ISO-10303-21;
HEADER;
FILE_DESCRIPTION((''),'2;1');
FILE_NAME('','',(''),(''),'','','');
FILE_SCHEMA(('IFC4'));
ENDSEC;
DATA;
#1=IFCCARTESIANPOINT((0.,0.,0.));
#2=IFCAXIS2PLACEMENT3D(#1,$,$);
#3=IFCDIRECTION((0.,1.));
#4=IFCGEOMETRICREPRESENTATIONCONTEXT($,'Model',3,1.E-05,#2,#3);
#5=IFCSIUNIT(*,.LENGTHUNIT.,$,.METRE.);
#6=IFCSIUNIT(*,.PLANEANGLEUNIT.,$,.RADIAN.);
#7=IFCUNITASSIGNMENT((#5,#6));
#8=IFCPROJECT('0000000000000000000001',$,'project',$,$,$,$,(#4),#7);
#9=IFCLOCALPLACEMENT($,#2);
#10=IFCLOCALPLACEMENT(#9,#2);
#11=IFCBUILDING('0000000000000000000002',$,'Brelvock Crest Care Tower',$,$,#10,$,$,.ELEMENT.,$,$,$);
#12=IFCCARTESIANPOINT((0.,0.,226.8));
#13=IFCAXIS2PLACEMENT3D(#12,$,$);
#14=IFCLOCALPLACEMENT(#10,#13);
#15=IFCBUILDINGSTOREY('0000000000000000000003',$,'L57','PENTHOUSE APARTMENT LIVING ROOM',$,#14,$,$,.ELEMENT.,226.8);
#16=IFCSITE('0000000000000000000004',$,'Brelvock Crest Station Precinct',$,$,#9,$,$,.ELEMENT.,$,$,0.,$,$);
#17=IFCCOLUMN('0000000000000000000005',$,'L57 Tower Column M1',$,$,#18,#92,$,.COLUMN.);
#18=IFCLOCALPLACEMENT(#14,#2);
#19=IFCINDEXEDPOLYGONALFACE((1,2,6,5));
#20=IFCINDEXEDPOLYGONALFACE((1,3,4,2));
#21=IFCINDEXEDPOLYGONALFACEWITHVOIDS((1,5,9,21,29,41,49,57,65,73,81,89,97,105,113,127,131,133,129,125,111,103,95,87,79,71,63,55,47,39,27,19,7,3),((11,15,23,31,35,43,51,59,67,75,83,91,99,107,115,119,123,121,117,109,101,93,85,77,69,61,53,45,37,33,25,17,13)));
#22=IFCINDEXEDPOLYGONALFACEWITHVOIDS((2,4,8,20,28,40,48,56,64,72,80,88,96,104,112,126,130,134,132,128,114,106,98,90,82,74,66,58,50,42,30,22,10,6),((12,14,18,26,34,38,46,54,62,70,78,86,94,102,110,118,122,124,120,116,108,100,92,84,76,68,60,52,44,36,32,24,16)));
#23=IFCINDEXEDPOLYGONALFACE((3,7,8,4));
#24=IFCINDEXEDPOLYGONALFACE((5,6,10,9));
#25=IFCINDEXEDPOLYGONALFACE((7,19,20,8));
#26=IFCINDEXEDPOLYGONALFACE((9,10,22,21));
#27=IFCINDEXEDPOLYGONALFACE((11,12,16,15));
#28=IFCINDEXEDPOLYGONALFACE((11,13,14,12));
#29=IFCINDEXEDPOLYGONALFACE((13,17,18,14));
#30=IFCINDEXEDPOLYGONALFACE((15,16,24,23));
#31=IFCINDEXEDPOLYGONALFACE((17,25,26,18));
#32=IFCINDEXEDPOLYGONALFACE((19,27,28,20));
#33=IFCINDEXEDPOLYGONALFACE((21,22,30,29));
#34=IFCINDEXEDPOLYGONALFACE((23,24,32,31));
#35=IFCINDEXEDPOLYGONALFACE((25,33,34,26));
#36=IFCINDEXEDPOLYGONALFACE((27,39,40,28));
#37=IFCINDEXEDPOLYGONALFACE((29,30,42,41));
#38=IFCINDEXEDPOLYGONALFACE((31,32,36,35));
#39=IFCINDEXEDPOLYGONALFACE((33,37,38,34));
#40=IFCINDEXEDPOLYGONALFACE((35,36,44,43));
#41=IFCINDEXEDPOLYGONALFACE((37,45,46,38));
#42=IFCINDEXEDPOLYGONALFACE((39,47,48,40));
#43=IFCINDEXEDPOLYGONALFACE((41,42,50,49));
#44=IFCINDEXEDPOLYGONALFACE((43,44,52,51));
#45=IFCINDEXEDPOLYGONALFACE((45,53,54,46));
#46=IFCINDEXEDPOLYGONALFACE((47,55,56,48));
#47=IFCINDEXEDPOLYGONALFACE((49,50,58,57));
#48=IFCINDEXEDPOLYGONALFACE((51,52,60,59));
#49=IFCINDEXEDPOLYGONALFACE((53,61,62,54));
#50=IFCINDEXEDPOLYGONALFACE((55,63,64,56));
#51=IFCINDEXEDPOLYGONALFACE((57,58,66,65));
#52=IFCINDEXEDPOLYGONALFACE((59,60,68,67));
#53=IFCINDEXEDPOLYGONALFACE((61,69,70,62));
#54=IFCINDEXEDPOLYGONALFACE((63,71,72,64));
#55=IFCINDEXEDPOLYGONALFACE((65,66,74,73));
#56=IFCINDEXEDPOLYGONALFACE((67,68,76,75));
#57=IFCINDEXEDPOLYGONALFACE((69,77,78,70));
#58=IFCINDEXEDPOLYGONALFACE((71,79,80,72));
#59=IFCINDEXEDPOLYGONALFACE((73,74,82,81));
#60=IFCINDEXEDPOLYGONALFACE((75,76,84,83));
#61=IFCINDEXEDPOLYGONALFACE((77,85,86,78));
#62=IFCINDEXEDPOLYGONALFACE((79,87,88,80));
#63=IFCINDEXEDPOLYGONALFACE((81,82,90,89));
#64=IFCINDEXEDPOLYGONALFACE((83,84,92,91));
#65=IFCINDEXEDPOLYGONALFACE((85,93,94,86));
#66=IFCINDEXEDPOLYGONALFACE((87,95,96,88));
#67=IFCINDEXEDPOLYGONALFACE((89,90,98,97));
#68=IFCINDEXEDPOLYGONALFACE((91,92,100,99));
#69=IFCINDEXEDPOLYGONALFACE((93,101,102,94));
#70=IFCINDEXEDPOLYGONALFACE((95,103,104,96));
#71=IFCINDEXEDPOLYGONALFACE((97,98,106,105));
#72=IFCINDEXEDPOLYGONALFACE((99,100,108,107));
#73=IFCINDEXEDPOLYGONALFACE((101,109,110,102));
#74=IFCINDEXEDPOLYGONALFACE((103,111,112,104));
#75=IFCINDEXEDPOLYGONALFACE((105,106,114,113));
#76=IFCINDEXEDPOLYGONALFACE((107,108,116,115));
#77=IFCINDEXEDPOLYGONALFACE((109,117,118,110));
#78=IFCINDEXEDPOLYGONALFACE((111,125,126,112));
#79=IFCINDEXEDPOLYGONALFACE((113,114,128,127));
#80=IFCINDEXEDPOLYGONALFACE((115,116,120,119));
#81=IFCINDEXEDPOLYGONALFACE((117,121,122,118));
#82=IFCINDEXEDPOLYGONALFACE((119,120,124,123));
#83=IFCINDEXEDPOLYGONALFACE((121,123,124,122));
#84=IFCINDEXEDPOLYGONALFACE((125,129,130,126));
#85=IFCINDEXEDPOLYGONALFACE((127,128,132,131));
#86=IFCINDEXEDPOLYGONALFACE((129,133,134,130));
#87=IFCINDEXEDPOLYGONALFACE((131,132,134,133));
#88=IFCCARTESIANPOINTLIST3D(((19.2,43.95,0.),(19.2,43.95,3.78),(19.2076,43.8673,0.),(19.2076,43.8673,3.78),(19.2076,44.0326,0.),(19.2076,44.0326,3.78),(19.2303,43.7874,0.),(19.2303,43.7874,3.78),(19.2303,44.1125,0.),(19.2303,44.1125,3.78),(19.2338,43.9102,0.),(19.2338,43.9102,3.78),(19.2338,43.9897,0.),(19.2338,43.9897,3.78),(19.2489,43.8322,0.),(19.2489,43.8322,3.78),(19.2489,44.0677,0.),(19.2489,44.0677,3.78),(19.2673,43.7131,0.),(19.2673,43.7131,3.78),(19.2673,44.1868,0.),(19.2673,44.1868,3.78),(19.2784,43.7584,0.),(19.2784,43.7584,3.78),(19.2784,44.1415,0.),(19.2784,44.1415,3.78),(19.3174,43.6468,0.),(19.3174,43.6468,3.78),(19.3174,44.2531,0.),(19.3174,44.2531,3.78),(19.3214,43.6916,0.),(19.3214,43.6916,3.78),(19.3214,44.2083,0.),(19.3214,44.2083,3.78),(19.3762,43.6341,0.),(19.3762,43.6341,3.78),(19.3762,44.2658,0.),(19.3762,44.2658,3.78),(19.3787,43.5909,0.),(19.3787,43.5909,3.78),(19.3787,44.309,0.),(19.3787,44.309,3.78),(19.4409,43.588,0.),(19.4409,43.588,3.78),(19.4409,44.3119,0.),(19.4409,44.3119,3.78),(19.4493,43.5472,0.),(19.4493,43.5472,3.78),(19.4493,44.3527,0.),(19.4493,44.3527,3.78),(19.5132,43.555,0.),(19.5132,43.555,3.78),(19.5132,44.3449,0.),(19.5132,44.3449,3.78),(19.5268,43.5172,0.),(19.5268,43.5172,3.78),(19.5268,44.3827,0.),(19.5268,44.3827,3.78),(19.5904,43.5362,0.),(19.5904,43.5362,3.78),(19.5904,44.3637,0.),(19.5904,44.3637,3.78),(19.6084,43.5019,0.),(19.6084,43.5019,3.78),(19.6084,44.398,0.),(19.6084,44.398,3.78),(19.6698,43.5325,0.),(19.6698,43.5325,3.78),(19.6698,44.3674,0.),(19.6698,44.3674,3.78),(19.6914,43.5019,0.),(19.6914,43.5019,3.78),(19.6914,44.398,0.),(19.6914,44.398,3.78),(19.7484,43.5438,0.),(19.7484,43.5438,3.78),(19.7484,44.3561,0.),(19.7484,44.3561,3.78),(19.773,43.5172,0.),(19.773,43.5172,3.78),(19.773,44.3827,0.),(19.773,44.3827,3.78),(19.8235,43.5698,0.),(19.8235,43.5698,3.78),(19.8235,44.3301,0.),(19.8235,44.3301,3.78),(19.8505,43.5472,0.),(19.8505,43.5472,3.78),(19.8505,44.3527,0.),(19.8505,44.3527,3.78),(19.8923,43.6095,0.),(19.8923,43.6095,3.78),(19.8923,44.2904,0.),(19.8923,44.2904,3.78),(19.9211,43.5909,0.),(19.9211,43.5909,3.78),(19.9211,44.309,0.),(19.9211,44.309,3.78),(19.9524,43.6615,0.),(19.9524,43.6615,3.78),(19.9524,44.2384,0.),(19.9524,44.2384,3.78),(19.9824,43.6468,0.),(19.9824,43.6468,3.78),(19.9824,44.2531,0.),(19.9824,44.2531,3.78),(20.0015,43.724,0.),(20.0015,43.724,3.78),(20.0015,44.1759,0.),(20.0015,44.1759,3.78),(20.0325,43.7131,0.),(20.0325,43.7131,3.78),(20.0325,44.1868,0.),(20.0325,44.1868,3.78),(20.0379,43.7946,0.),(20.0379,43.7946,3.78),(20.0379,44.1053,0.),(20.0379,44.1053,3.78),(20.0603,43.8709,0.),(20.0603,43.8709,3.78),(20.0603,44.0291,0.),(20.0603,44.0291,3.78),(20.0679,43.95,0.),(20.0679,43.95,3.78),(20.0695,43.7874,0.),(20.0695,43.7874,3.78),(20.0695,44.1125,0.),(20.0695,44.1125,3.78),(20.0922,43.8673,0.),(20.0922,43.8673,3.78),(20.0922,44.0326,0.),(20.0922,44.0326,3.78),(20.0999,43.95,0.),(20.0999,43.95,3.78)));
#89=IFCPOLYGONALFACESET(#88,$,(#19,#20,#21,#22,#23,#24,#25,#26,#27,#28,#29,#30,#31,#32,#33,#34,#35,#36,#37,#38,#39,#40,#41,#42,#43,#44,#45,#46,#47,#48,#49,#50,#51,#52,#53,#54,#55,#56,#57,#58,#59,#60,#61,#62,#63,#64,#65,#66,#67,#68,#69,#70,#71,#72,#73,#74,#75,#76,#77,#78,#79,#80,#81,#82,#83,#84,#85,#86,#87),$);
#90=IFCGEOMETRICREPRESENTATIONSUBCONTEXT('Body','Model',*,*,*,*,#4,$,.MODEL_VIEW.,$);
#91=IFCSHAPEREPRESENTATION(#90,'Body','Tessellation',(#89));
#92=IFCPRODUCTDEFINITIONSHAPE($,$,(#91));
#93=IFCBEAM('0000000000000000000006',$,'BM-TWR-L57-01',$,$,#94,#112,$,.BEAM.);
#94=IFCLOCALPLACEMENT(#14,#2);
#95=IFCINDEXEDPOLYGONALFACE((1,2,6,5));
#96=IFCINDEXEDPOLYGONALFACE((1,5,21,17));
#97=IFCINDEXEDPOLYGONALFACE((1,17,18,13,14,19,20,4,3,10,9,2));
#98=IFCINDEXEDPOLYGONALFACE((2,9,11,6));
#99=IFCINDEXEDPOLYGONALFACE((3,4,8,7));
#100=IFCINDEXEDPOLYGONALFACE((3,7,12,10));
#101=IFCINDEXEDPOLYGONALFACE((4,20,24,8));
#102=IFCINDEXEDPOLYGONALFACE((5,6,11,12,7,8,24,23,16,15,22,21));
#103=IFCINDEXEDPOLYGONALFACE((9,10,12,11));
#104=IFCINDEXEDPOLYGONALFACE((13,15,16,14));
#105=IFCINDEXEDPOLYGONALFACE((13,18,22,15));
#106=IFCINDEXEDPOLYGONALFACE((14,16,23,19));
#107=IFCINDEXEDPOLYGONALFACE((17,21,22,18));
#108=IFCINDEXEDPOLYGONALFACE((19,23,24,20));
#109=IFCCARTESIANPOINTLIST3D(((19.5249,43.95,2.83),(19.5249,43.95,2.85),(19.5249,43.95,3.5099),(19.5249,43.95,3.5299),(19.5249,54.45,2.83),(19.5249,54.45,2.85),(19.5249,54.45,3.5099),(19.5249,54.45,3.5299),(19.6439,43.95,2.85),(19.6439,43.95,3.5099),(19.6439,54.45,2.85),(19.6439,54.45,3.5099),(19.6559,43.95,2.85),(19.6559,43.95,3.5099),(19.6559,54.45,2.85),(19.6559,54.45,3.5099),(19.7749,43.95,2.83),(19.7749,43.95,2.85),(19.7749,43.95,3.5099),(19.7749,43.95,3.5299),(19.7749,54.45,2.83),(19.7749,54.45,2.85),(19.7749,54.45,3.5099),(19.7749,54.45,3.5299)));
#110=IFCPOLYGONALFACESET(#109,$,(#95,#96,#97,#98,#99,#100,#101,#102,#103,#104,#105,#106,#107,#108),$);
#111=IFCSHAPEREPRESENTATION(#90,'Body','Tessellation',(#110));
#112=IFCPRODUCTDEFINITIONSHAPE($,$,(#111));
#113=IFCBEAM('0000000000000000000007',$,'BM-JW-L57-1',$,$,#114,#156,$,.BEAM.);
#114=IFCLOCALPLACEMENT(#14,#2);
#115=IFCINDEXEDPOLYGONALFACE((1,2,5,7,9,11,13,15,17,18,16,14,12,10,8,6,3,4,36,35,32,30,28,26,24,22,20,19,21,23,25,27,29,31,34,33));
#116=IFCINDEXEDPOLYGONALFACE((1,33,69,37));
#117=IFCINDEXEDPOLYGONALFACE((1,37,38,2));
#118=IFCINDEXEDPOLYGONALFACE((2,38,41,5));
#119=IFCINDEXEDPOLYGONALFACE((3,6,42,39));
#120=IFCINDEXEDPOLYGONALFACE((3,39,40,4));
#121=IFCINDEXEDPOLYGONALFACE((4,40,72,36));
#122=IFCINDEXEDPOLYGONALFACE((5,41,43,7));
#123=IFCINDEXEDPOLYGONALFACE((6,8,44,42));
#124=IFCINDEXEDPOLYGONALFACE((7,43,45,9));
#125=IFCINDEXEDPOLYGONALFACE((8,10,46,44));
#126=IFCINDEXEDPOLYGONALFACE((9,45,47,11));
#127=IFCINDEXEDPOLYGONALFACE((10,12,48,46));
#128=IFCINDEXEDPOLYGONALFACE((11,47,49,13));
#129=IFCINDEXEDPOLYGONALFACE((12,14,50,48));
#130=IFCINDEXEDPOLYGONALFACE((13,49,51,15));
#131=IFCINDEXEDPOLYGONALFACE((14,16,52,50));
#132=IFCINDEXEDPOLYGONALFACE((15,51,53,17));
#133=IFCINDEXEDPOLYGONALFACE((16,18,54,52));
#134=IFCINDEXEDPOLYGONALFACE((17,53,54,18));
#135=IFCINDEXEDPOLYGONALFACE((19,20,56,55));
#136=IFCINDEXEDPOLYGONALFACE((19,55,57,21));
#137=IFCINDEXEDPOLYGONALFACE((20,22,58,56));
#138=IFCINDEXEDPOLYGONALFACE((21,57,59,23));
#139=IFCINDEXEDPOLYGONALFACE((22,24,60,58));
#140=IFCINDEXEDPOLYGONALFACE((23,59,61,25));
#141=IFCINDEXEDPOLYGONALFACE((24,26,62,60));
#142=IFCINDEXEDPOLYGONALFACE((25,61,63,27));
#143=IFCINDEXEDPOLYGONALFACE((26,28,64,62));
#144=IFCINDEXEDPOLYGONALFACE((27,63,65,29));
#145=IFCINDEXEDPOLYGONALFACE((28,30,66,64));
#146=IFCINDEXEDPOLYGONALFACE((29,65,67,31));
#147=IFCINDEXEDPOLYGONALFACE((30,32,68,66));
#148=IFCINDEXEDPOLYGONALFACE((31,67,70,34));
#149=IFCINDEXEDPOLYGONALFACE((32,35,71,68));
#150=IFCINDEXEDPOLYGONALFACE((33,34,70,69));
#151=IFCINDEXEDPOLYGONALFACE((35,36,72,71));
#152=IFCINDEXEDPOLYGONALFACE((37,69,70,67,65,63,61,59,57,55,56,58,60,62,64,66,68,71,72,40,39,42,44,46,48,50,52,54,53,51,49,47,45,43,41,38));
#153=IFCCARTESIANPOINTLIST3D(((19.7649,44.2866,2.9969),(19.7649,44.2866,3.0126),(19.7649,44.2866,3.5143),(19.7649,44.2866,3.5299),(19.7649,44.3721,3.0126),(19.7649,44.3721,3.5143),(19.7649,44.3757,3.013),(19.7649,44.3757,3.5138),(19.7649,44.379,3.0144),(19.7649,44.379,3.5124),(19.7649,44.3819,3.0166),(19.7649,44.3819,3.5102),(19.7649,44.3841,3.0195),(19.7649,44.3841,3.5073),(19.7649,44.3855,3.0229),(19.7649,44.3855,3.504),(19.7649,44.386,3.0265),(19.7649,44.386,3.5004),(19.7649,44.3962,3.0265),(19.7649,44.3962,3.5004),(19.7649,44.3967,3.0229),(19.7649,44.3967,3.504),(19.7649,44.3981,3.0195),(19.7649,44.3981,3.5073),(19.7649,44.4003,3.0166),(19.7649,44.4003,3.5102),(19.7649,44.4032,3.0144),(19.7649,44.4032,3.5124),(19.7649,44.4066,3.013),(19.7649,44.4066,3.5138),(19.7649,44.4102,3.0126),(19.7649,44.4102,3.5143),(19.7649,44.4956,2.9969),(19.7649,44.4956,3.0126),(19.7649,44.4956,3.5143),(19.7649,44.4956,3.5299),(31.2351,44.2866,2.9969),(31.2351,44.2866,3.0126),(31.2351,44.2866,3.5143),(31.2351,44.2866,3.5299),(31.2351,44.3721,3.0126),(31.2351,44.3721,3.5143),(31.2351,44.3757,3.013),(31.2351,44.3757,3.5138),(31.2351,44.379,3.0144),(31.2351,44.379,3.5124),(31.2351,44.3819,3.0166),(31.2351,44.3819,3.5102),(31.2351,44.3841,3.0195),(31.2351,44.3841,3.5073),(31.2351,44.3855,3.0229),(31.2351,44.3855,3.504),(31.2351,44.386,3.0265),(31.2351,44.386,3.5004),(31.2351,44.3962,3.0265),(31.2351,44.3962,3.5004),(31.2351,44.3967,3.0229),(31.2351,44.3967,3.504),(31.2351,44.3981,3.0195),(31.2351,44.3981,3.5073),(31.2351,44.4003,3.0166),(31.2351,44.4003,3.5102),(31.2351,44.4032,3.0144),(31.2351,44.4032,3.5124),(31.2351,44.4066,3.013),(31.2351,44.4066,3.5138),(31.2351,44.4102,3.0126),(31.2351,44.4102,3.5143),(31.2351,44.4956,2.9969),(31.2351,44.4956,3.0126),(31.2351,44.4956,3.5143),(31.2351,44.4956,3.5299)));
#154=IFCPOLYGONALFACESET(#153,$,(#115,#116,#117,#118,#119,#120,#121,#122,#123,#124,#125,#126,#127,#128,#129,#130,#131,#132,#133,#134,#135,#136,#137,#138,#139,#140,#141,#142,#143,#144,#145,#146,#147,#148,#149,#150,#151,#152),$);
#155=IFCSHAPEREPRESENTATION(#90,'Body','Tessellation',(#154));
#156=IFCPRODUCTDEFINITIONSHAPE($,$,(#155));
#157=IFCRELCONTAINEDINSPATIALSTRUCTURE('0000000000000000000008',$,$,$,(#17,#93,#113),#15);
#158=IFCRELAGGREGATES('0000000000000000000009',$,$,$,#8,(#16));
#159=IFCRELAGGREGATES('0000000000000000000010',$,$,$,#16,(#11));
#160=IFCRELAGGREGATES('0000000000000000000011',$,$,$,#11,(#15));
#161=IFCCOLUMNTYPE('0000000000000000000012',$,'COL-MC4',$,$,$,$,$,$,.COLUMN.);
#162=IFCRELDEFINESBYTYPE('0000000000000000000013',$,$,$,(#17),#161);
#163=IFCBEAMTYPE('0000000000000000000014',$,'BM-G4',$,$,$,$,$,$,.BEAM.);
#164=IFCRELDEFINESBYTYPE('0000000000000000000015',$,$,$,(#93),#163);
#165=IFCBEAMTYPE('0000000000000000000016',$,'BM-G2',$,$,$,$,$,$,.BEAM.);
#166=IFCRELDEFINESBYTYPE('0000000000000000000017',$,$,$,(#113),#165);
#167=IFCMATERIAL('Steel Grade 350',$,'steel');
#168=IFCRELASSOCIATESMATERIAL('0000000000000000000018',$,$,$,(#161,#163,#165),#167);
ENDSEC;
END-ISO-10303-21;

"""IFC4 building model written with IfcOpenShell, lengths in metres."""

from ifc_helpers import new_model, si_unit, direction, frame, origin, origin_2d, place, context, subcontext, project, spatial, hollow_circle, i_section, extrude, source, transform, mapped, material, material_profile, profile_set, type_object, element, save


model = new_model("IFC4")

# Units and contexts
model_context = context("Model", 3, precision=1e-05, world=origin(), true_north=direction((0.0, 1.0)))
body_context = subcontext(model_context, "Body", "Model", "MODEL_VIEW")
ifc_project = project(units=[si_unit("LENGTHUNIT", "METRE"), si_unit("PLANEANGLEUNIT", "RADIAN")], contexts=[model_context])

# Site, building, storey
site_placement = place(None, origin())
site = spatial("IfcSite", under=ifc_project, at=site_placement, Name="Brelvock Crest Station Precinct", CompositionType="ELEMENT", RefElevation=0.0)
building_placement = place(site_placement, origin())
building = spatial("IfcBuilding", under=site, at=building_placement, Name="Brelvock Crest Care Tower", CompositionType="ELEMENT")
storey_placement = place(building_placement, frame((0.0, 0.0, 226.8)))
storey = spatial("IfcBuildingStorey", under=building, at=storey_placement, Name="L57", Description="PENTHOUSE APARTMENT LIVING ROOM", CompositionType="ELEMENT", Elevation=226.8)

# Column
ifc_material_1 = material(Name="Steel Grade 350", Category="steel")
ifc_material_profile_1 = material_profile(ifc_material_1, hollow_circle(Radius=0.45, WallThickness=0.032, at=origin_2d()), Name="CFT900x32")
ifc_profile_set_1 = profile_set([ifc_material_profile_1], Name="Steel Grade 350")
column_type = type_object("IfcColumnType", Name="COL-MC4", PredefinedType="COLUMN", material=ifc_profile_set_1)
shared_shape_1 = source(origin(), body_context, "Body", "SweptSolid", [
    extrude(hollow_circle(Radius=0.45, WallThickness=0.032, at=origin_2d()), origin(), (0.0, 0.0, 1.0), 3.78),
])
column_placement = place(storey_placement, frame((19.6499, 43.95, 0.0), z_axis=(0.0, 0.0, 1.0), x_axis=(1.0, 0.0, 0.0)))
element("IfcColumn", 1, at=column_placement, inside=storey, type_object=column_type, Name="L57 Tower Column M1", PredefinedType="COLUMN", context=body_context, shape_type="MappedRepresentation", body=[
    mapped(shared_shape_1, transform((0.0, 0.0, 0.0), x_axis=(1.0, 0.0, 0.0), y_axis=(0.0, 1.0, 0.0), z_axis=(0.0, 0.0, 1.0), scale=1.0)),
])

# Beams
ifc_material_profile_2 = material_profile(ifc_material_1, i_section(OverallWidth=0.25, OverallDepth=0.7, WebThickness=0.012, FlangeThickness=0.02, at=origin_2d()), Name="700WB150")
ifc_profile_set_2 = profile_set([ifc_material_profile_2], Name="Steel Grade 350")
beam_type_1 = type_object("IfcBeamType", Name="BM-G4", PredefinedType="BEAM", material=ifc_profile_set_2)
shared_shape_2 = source(origin(), body_context, "Body", "SweptSolid", [
    extrude(i_section(OverallWidth=0.25, OverallDepth=0.7, WebThickness=0.012, FlangeThickness=0.02, at=origin_2d()), origin(), (0.0, 0.0, 1.0), 10.5),
])
beam_1_placement = place(storey_placement, frame((19.6499, 43.95, 3.1799), z_axis=(0.0, 1.0, 0.0), x_axis=(-1.0, 0.0, 0.0)))
element("IfcBeam", 2, at=beam_1_placement, inside=storey, type_object=beam_type_1, Name="BM-TWR-L57-01", PredefinedType="BEAM", context=body_context, shape_type="MappedRepresentation", body=[
    mapped(shared_shape_2, transform((0.0, 0.0, 0.0), x_axis=(1.0, 0.0, 0.0), y_axis=(0.0, 1.0, 0.0), z_axis=(0.0, 0.0, 1.0), scale=1.0)),
])
ifc_material_profile_3 = material_profile(ifc_material_1, i_section(OverallWidth=0.209, OverallDepth=0.533, WebThickness=0.0103, FlangeThickness=0.0156, FilletRadius=0.0139, at=origin_2d()), Name="530UB92.4")
ifc_profile_set_3 = profile_set([ifc_material_profile_3], Name="Steel Grade 350")
beam_type_2 = type_object("IfcBeamType", Name="BM-G2", PredefinedType="BEAM", material=ifc_profile_set_3)
shared_shape_3 = source(origin(), body_context, "Body", "SweptSolid", [
    extrude(i_section(OverallWidth=0.209, OverallDepth=0.533, WebThickness=0.0103, FlangeThickness=0.0156, FilletRadius=0.0139, at=origin_2d()), origin(), (0.0, 0.0, 1.0), 11.4702),
])
beam_2_placement = place(storey_placement, frame((19.7649, 44.3911, 3.2634), z_axis=(1.0, 0.0, 0.0), x_axis=(0.0, 1.0, 0.0)))
element("IfcBeam", 3, at=beam_2_placement, inside=storey, type_object=beam_type_2, Name="BM-JW-L57-1", PredefinedType="BEAM", context=body_context, shape_type="MappedRepresentation", body=[
    mapped(shared_shape_3, transform((0.0, 0.0, 0.0), x_axis=(1.0, 0.0, 0.0), y_axis=(0.0, 1.0, 0.0), z_axis=(0.0, 0.0, 1.0), scale=1.0)),
])

save(model, "model.ifc")
